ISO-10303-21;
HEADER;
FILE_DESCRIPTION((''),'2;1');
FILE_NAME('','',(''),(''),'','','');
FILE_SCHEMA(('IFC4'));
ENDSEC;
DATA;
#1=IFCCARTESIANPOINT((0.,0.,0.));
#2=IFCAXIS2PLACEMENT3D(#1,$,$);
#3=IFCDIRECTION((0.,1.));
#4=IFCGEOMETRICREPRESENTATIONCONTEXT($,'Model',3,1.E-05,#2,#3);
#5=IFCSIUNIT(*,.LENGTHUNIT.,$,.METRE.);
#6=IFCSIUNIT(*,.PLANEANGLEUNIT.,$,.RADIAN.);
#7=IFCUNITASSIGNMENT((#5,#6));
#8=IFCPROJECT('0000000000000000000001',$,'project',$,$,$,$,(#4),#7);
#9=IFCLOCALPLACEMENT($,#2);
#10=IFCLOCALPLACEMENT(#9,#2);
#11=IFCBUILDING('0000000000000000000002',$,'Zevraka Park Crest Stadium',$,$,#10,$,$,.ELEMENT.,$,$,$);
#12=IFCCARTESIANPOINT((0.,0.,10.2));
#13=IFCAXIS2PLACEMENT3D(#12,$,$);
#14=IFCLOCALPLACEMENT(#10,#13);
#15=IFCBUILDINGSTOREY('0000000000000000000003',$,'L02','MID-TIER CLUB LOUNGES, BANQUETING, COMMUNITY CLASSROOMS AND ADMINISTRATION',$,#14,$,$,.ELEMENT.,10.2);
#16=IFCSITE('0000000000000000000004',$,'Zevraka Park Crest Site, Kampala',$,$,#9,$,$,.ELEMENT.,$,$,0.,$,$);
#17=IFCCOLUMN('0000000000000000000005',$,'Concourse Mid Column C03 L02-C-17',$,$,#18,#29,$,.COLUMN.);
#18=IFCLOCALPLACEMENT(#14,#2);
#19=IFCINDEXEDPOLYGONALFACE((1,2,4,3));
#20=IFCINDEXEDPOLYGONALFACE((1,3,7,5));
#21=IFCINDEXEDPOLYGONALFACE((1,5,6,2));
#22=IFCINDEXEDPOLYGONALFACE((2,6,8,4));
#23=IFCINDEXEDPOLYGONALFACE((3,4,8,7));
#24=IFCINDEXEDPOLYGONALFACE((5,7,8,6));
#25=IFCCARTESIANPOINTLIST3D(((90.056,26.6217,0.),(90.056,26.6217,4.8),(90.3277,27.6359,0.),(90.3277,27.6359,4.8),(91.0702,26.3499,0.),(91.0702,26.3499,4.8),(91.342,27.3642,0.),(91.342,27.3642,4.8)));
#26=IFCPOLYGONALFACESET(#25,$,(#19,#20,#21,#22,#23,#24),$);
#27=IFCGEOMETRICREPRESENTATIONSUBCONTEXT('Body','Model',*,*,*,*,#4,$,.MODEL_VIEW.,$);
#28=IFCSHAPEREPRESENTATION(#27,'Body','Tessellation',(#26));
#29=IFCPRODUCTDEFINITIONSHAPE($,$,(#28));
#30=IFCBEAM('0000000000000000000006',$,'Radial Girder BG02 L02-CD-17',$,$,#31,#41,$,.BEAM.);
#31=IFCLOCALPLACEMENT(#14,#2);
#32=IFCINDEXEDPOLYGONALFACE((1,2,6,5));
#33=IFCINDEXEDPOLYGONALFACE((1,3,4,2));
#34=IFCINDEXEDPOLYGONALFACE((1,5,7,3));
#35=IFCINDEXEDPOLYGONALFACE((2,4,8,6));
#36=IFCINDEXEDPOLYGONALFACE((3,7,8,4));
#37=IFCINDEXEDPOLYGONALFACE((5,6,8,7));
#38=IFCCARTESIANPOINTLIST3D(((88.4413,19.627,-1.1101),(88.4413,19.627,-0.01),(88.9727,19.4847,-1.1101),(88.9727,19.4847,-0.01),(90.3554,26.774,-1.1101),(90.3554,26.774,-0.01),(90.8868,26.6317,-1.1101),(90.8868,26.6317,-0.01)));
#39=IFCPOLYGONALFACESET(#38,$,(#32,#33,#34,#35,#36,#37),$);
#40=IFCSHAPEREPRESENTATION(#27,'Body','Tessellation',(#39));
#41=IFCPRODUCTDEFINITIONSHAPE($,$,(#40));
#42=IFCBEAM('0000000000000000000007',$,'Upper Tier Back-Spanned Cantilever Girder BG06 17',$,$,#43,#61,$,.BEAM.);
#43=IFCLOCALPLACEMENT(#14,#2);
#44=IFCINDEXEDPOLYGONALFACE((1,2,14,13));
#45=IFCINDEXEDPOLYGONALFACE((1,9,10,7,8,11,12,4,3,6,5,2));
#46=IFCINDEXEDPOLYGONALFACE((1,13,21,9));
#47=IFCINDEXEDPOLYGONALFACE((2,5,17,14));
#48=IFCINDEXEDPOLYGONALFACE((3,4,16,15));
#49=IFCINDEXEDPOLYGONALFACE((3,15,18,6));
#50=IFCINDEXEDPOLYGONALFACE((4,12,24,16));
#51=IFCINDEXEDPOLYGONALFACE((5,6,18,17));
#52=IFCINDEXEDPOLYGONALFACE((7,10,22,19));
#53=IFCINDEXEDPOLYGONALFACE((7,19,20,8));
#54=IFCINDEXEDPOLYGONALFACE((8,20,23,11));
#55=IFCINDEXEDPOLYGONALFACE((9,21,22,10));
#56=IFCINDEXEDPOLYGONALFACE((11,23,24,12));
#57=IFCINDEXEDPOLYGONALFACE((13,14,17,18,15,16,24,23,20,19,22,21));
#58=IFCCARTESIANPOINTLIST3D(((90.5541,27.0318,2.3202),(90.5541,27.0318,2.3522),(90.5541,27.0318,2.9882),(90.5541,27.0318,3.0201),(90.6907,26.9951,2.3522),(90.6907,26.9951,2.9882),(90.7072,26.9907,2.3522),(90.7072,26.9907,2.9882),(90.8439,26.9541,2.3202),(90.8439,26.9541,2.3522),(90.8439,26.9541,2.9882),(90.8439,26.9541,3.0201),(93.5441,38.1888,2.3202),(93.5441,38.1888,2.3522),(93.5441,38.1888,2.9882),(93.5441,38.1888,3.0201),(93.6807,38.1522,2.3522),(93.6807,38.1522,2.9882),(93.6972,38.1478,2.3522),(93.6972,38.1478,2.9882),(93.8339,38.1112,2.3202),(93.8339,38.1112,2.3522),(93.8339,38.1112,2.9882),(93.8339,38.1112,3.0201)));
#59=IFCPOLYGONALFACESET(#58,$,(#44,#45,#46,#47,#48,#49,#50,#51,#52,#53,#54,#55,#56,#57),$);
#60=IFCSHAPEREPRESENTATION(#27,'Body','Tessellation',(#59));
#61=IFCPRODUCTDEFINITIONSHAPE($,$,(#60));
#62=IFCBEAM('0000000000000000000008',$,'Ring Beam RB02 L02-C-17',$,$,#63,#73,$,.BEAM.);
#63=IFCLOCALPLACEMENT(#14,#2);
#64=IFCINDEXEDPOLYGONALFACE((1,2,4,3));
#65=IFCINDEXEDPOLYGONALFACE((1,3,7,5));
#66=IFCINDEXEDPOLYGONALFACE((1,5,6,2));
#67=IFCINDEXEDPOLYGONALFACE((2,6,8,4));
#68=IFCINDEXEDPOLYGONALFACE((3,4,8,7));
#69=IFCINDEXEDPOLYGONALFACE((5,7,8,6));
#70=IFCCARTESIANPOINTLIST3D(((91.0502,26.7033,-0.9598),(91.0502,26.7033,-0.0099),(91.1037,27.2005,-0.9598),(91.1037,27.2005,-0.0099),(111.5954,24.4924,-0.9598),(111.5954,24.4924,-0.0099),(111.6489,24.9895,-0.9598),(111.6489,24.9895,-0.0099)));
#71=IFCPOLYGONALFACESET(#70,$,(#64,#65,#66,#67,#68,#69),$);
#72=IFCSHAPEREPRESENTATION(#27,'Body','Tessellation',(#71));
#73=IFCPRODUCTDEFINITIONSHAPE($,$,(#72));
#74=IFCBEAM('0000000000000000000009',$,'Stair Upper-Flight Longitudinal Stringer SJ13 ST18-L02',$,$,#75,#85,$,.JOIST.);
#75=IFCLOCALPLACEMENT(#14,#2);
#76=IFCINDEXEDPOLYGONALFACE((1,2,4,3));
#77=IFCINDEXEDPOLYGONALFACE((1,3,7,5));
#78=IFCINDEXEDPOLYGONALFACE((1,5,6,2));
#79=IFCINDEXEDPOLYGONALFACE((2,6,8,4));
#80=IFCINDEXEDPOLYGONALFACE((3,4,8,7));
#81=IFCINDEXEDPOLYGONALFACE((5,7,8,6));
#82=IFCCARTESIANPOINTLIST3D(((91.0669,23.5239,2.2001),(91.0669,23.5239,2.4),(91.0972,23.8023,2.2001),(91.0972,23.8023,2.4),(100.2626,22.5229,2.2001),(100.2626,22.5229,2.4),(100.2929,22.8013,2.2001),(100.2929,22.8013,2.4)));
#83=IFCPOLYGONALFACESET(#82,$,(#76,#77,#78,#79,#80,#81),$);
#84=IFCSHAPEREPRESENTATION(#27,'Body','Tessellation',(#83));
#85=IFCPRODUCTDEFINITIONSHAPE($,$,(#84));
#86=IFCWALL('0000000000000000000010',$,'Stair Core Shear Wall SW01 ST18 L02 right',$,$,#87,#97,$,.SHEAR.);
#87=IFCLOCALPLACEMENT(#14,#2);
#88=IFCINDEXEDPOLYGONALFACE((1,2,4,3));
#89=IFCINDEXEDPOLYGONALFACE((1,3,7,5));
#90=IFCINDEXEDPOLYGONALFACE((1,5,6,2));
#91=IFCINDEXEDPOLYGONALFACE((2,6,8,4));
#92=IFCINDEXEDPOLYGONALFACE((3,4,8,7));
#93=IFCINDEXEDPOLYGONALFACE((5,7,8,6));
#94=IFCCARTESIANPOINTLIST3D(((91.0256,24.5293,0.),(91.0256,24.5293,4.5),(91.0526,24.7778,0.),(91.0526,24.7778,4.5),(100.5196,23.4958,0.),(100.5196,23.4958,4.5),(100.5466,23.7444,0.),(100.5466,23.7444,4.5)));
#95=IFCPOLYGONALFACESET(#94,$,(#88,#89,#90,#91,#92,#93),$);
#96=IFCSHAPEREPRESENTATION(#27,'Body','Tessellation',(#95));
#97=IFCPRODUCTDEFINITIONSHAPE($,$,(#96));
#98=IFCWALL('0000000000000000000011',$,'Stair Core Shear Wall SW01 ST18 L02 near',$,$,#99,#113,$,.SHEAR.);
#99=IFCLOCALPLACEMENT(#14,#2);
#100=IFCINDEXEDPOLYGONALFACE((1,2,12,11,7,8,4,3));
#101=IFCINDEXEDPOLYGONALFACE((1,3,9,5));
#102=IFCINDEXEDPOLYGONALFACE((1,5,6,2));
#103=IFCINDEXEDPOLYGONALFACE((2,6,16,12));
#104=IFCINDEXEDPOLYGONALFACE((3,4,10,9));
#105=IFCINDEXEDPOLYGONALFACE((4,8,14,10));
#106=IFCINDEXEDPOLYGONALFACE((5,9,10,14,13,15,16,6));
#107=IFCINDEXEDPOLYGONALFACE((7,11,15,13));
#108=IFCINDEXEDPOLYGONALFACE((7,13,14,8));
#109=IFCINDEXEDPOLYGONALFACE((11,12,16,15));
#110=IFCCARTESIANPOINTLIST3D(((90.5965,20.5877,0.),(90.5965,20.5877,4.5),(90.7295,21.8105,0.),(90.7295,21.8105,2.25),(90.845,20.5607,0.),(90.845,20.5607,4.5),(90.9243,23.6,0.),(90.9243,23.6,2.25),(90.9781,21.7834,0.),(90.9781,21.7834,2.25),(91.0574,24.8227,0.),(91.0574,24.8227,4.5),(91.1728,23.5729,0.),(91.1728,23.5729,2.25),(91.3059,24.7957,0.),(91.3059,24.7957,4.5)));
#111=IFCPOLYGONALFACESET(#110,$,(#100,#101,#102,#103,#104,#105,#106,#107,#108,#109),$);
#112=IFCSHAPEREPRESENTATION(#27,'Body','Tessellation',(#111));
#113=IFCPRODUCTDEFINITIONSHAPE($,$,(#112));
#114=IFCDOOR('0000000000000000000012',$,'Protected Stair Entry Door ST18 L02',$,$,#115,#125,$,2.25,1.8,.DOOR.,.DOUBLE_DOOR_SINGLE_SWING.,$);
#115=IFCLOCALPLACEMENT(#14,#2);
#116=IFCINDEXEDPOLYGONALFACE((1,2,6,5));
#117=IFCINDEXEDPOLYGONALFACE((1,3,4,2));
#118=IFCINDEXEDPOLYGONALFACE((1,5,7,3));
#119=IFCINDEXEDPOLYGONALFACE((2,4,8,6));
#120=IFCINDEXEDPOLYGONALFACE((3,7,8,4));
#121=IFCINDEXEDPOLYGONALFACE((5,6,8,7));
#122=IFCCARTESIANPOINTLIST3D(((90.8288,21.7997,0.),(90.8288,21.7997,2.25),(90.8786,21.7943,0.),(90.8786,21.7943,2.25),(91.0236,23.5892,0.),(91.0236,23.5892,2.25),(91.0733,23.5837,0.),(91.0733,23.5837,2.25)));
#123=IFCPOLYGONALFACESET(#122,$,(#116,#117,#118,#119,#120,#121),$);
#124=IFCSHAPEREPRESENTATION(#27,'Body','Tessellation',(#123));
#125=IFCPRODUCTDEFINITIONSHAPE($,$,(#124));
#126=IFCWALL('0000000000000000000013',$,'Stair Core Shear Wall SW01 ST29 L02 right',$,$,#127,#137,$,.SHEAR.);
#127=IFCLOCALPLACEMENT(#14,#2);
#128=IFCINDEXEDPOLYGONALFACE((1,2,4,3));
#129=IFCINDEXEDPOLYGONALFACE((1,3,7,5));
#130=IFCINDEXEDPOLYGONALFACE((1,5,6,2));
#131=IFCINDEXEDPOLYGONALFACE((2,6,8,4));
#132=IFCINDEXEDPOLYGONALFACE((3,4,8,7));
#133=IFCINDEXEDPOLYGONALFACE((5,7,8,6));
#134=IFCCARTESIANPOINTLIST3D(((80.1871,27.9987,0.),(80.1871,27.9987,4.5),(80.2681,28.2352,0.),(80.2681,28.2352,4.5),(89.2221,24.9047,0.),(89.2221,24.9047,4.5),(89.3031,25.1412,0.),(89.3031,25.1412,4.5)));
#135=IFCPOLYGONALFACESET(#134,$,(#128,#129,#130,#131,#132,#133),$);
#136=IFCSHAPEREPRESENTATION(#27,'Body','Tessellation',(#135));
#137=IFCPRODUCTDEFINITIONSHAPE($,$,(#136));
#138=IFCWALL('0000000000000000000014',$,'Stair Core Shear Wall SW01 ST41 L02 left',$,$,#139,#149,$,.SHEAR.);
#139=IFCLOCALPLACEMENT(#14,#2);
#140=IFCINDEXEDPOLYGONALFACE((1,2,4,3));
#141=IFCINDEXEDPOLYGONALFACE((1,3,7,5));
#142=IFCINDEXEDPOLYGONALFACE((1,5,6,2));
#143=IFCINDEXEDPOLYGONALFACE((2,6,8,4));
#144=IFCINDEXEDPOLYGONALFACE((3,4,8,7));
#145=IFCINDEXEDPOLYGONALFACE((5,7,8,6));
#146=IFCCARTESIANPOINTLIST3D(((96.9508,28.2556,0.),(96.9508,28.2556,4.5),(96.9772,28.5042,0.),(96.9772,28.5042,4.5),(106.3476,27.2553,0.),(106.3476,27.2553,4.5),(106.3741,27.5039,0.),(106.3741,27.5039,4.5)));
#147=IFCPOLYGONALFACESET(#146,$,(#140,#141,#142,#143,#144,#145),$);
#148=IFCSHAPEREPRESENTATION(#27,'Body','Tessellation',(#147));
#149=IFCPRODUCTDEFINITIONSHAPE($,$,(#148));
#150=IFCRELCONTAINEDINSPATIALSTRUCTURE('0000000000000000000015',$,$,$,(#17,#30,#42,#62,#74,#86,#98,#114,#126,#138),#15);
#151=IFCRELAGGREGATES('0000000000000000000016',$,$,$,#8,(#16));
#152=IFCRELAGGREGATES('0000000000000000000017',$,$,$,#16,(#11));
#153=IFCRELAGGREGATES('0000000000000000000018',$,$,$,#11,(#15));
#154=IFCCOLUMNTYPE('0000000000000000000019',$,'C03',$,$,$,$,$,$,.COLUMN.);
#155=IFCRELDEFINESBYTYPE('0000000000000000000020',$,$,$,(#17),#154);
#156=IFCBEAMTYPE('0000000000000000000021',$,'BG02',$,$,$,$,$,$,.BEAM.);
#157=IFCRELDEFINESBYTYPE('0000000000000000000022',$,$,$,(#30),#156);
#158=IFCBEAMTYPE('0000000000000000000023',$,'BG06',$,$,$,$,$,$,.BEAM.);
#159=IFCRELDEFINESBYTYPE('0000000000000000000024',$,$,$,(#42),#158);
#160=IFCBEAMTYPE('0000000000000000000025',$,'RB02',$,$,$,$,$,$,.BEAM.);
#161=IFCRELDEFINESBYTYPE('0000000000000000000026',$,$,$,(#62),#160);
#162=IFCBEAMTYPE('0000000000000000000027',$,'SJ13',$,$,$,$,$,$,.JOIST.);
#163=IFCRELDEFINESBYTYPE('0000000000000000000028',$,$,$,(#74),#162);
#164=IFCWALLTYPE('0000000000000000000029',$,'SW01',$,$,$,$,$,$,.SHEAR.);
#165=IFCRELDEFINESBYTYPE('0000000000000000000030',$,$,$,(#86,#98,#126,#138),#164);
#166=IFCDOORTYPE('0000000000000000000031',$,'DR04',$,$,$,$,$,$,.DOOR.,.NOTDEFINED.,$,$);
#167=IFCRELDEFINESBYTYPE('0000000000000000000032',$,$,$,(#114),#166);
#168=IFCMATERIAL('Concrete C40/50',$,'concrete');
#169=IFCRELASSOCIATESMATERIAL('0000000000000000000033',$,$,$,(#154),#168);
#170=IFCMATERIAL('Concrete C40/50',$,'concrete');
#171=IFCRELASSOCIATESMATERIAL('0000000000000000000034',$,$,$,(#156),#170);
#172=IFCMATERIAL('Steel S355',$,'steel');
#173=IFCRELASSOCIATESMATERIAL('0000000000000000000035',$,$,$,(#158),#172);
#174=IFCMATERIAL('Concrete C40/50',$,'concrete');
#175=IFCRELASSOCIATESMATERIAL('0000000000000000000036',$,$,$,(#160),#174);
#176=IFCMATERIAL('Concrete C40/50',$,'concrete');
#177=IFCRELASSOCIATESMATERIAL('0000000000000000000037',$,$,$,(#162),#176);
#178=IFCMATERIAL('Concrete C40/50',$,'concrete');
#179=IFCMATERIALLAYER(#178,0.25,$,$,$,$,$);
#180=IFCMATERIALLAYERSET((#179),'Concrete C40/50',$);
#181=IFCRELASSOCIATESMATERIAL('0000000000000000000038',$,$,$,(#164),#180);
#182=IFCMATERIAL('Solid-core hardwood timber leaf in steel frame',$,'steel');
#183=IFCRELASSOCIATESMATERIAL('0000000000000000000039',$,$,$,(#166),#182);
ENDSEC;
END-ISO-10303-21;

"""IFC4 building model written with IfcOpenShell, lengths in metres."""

from ifc_helpers import new_model, si_unit, direction, frame, frame_2d, origin, origin_2d, place, context, subcontext, project, spatial, rectangle, i_section, extrude, material, layer, layer_set, material_profile, profile_set, type_object, element, fill, save


model = new_model("IFC4")

# Units and contexts
model_context = context("Model", 3, precision=1e-05, world=origin(), true_north=direction((0.0, 1.0)))
body_context = subcontext(model_context, "Body", "Model", "MODEL_VIEW")
ifc_project = project(units=[si_unit("LENGTHUNIT", "METRE"), si_unit("PLANEANGLEUNIT", "RADIAN")], contexts=[model_context])

# Site, building, storey
site_placement = place(None, origin())
site = spatial("IfcSite", under=ifc_project, at=site_placement, Name="Zevraka Park Crest Site, Kampala", CompositionType="ELEMENT", RefElevation=0.0)
building_placement = place(site_placement, origin())
building = spatial("IfcBuilding", under=site, at=building_placement, Name="Zevraka Park Crest Stadium", CompositionType="ELEMENT")
storey_placement = place(building_placement, frame((0.0, 0.0, 10.2)))
storey = spatial("IfcBuildingStorey", under=building, at=storey_placement, Name="L02", Description="MID-TIER CLUB LOUNGES, BANQUETING, COMMUNITY CLASSROOMS AND ADMINISTRATION", CompositionType="ELEMENT", Elevation=10.2)

# Column
ifc_material_1 = material(Name="Concrete C40/50", Category="concrete")
ifc_material_profile_1 = material_profile(ifc_material_1, rectangle(XDim=1.05, YDim=1.05, at=origin_2d()), Name="RC 1050x1050")
ifc_profile_set_1 = profile_set([ifc_material_profile_1], Name="Concrete C40/50")
column_type = type_object("IfcColumnType", Name="C03", PredefinedType="COLUMN", material=ifc_profile_set_1)
column_placement = place(storey_placement, frame((90.699, 26.9929, 0.0), z_axis=(0.0, 0.0, 1.0), x_axis=(0.258819, 0.965926, 0.0)))
element("IfcColumn", 1, at=column_placement, inside=storey, type_object=column_type, Name="Concourse Mid Column C03 L02-C-17", PredefinedType="COLUMN", context=body_context, shape_type="SweptSolid", body=[
    extrude(rectangle(XDim=1.05, YDim=1.05, at=origin_2d()), origin(), (0.0, 0.0, 1.0), 4.8),
])

# Beams
ifc_material_2 = material(Name="Concrete C40/50", Category="concrete")
ifc_material_profile_2 = material_profile(ifc_material_2, rectangle(XDim=0.55, YDim=1.1001, at=origin_2d()), Name="RC 1100x550")
ifc_profile_set_2 = profile_set([ifc_material_profile_2], Name="Concrete C40/50")
beam_type_1 = type_object("IfcBeamType", Name="BG02", PredefinedType="BEAM", material=ifc_profile_set_2)
beam_1_placement = place(storey_placement, frame((90.6211, 26.7029, -0.5601), z_axis=(-0.258698, -0.965958, 0.0), x_axis=(0.965958, -0.258698, 0.0)))
element("IfcBeam", 2, at=beam_1_placement, inside=storey, type_object=beam_type_1, Name="Radial Girder BG02 L02-CD-17", PredefinedType="BEAM", context=body_context, shape_type="SweptSolid", body=[
    extrude(rectangle(XDim=0.55, YDim=1.1001, at=origin_2d()), origin(), (0.0, 0.0, 1.0), 7.3989),
])
ifc_material_3 = material(Name="Steel S355", Category="steel")
ifc_material_profile_3 = material_profile(ifc_material_3, i_section(OverallWidth=0.3, OverallDepth=0.7, WebThickness=0.0171, FlangeThickness=0.032, at=origin_2d()), Name="HEB 700")
ifc_profile_set_3 = profile_set([ifc_material_profile_3], Name="Steel S355")
beam_type_2 = type_object("IfcBeamType", Name="BG06", PredefinedType="BEAM", material=ifc_profile_set_3)
beam_2_placement = place(storey_placement, frame((90.699, 26.9929, 2.6702), z_axis=(0.258858, 0.965915, 0.0), x_axis=(-0.965915, 0.258858, 0.0)))
element("IfcBeam", 3, at=beam_2_placement, inside=storey, type_object=beam_type_2, Name="Upper Tier Back-Spanned Cantilever Girder BG06 17", PredefinedType="BEAM", context=body_context, shape_type="SweptSolid", body=[
    extrude(i_section(OverallWidth=0.3, OverallDepth=0.7, WebThickness=0.0171, FlangeThickness=0.032, at=origin_2d()), origin(), (0.0, 0.0, 1.0), 11.5508),
])
ifc_material_4 = material(Name="Concrete C40/50", Category="concrete")
ifc_material_profile_4 = material_profile(ifc_material_4, rectangle(XDim=0.5, YDim=0.95, at=origin_2d()), Name="RC 950x500")
ifc_profile_set_4 = profile_set([ifc_material_profile_4], Name="Concrete C40/50")
beam_type_3 = type_object("IfcBeamType", Name="RB02", PredefinedType="BEAM", material=ifc_profile_set_4)
beam_3_placement = place(storey_placement, frame((91.0769, 26.9519, -0.4849), z_axis=(0.994259, -0.106996, 0.0), x_axis=(0.106996, 0.994259, 0.0)))
element("IfcBeam", 4, at=beam_3_placement, inside=storey, type_object=beam_type_3, Name="Ring Beam RB02 L02-C-17", PredefinedType="BEAM", context=body_context, shape_type="SweptSolid", body=[
    extrude(rectangle(XDim=0.5, YDim=0.95, at=origin_2d()), origin(), (0.0, 0.0, 1.0), 20.6638),
])
ifc_material_5 = material(Name="Concrete C40/50", Category="concrete")
ifc_material_profile_5 = material_profile(ifc_material_5, rectangle(XDim=0.28, YDim=0.2, at=origin_2d()), Name="RC 200x280")
ifc_profile_set_5 = profile_set([ifc_material_profile_5], Name="Concrete C40/50")
beam_type_4 = type_object("IfcBeamType", Name="SJ13", PredefinedType="JOIST", material=ifc_profile_set_5)
beam_4_placement = place(storey_placement, frame((91.082, 23.6631, 2.3), z_axis=(0.994128, -0.108212, 0.0), x_axis=(0.108212, 0.994128, 0.0)))
element("IfcBeam", 5, at=beam_4_placement, inside=storey, type_object=beam_type_4, Name="Stair Upper-Flight Longitudinal Stringer SJ13 ST18-L02", PredefinedType="JOIST", context=body_context, shape_type="SweptSolid", body=[
    extrude(rectangle(XDim=0.28, YDim=0.2, at=origin_2d()), origin(), (0.0, 0.0, 1.0), 9.25),
])

# Wall
ifc_material_6 = material(Name="Concrete C40/50", Category="concrete")
ifc_layer = layer(ifc_material_6, 0.25)
ifc_layer_set = layer_set([ifc_layer], Name="Concrete C40/50")
wall_type = type_object("IfcWallType", Name="SW01", PredefinedType="SHEAR", material=ifc_layer_set)
wall_1_placement = place(storey_placement, frame((100.533, 23.6201, 0.0), z_axis=(0.0, 0.0, 1.0), x_axis=(-0.994128, 0.108215, 0.0)))
element("IfcWall", 6, at=wall_1_placement, inside=storey, type_object=wall_type, Name="Stair Core Shear Wall SW01 ST18 L02 right", PredefinedType="SHEAR", context=body_context, shape_type="SweptSolid", body=[
    extrude(rectangle(XDim=9.55, YDim=0.25, at=frame_2d((4.7749, 0.0))), origin(), (0.0, 0.0, 1.0), 4.5),
])

# Wall, opening, door
wall_2_placement = place(storey_placement, frame((91.1816, 24.8091, 0.0), z_axis=(0.0, 0.0, 1.0), x_axis=(-0.108198, -0.994129, 0.0)))
wall_2 = element("IfcWall", 7, at=wall_2_placement, inside=storey, type_object=wall_type, Name="Stair Core Shear Wall SW01 ST18 L02 near", PredefinedType="SHEAR", context=body_context, shape_type="SweptSolid", body=[
    extrude(rectangle(XDim=4.26, YDim=0.25, at=frame_2d((2.1299, 0.0))), origin(), (0.0, 0.0, 1.0), 4.5),
])
opening_1_placement = place(wall_2_placement, frame((1.23, 0.0, 0.0)))
opening_1 = element("IfcOpeningElement", 8, at=opening_1_placement, cuts=wall_2, PredefinedType="OPENING", context=body_context, shape_type="SweptSolid", body=[
    extrude(rectangle(XDim=1.8, YDim=2.25, at=frame_2d((0.8999, 1.125))), frame((0.0, 0.135, 0.0), z_axis=(0.0, -1.0, 0.0), x_axis=(1.0, 0.0, 0.0)), (0.0, 0.0, 1.0), 0.27),
])
ifc_material_7 = material(Name="Solid-core hardwood timber leaf in steel frame", Category="steel")
door_type = type_object("IfcDoorType", Name="DR04", OperationType="NOTDEFINED", PredefinedType="DOOR", material=ifc_material_7)
door_1_placement = place(opening_1_placement, origin())
door_1 = element("IfcDoor", 9, at=door_1_placement, inside=storey, type_object=door_type, Name="Protected Stair Entry Door ST18 L02", OperationType="DOUBLE_DOOR_SINGLE_SWING", OverallHeight=2.25, OverallWidth=1.8, PredefinedType="DOOR", context=body_context, shape_type="SweptSolid", body=[
    extrude(rectangle(XDim=1.8, YDim=2.25, at=frame_2d((0.8999, 1.125))), frame((0.0, 0.0249, 0.0), z_axis=(0.0, -1.0, 0.0), x_axis=(1.0, 0.0, 0.0)), (0.0, 0.0, 1.0), 0.05),
])
fill(opening_1, door_1)

# Walls
wall_3_placement = place(storey_placement, frame((89.2625, 25.0229, 0.0), z_axis=(0.0, 0.0, 1.0), x_axis=(-0.946064, 0.323979, 0.0)))
element("IfcWall", 10, at=wall_3_placement, inside=storey, type_object=wall_type, Name="Stair Core Shear Wall SW01 ST29 L02 right", PredefinedType="SHEAR", context=body_context, shape_type="SweptSolid", body=[
    extrude(rectangle(XDim=9.55, YDim=0.25, at=frame_2d((4.7749, 0.0))), origin(), (0.0, 0.0, 1.0), 4.5),
])
wall_4_placement = place(storey_placement, frame((96.9639, 28.3799, 0.0), z_axis=(0.0, 0.0, 1.0), x_axis=(0.994383, -0.105845, 0.0)))
element("IfcWall", 11, at=wall_4_placement, inside=storey, type_object=wall_type, Name="Stair Core Shear Wall SW01 ST41 L02 left", PredefinedType="SHEAR", context=body_context, shape_type="SweptSolid", body=[
    extrude(rectangle(XDim=9.45, YDim=0.25, at=frame_2d((4.7251, 0.0))), origin(), (0.0, 0.0, 1.0), 4.5),
])

save(model, "model.ifc")
